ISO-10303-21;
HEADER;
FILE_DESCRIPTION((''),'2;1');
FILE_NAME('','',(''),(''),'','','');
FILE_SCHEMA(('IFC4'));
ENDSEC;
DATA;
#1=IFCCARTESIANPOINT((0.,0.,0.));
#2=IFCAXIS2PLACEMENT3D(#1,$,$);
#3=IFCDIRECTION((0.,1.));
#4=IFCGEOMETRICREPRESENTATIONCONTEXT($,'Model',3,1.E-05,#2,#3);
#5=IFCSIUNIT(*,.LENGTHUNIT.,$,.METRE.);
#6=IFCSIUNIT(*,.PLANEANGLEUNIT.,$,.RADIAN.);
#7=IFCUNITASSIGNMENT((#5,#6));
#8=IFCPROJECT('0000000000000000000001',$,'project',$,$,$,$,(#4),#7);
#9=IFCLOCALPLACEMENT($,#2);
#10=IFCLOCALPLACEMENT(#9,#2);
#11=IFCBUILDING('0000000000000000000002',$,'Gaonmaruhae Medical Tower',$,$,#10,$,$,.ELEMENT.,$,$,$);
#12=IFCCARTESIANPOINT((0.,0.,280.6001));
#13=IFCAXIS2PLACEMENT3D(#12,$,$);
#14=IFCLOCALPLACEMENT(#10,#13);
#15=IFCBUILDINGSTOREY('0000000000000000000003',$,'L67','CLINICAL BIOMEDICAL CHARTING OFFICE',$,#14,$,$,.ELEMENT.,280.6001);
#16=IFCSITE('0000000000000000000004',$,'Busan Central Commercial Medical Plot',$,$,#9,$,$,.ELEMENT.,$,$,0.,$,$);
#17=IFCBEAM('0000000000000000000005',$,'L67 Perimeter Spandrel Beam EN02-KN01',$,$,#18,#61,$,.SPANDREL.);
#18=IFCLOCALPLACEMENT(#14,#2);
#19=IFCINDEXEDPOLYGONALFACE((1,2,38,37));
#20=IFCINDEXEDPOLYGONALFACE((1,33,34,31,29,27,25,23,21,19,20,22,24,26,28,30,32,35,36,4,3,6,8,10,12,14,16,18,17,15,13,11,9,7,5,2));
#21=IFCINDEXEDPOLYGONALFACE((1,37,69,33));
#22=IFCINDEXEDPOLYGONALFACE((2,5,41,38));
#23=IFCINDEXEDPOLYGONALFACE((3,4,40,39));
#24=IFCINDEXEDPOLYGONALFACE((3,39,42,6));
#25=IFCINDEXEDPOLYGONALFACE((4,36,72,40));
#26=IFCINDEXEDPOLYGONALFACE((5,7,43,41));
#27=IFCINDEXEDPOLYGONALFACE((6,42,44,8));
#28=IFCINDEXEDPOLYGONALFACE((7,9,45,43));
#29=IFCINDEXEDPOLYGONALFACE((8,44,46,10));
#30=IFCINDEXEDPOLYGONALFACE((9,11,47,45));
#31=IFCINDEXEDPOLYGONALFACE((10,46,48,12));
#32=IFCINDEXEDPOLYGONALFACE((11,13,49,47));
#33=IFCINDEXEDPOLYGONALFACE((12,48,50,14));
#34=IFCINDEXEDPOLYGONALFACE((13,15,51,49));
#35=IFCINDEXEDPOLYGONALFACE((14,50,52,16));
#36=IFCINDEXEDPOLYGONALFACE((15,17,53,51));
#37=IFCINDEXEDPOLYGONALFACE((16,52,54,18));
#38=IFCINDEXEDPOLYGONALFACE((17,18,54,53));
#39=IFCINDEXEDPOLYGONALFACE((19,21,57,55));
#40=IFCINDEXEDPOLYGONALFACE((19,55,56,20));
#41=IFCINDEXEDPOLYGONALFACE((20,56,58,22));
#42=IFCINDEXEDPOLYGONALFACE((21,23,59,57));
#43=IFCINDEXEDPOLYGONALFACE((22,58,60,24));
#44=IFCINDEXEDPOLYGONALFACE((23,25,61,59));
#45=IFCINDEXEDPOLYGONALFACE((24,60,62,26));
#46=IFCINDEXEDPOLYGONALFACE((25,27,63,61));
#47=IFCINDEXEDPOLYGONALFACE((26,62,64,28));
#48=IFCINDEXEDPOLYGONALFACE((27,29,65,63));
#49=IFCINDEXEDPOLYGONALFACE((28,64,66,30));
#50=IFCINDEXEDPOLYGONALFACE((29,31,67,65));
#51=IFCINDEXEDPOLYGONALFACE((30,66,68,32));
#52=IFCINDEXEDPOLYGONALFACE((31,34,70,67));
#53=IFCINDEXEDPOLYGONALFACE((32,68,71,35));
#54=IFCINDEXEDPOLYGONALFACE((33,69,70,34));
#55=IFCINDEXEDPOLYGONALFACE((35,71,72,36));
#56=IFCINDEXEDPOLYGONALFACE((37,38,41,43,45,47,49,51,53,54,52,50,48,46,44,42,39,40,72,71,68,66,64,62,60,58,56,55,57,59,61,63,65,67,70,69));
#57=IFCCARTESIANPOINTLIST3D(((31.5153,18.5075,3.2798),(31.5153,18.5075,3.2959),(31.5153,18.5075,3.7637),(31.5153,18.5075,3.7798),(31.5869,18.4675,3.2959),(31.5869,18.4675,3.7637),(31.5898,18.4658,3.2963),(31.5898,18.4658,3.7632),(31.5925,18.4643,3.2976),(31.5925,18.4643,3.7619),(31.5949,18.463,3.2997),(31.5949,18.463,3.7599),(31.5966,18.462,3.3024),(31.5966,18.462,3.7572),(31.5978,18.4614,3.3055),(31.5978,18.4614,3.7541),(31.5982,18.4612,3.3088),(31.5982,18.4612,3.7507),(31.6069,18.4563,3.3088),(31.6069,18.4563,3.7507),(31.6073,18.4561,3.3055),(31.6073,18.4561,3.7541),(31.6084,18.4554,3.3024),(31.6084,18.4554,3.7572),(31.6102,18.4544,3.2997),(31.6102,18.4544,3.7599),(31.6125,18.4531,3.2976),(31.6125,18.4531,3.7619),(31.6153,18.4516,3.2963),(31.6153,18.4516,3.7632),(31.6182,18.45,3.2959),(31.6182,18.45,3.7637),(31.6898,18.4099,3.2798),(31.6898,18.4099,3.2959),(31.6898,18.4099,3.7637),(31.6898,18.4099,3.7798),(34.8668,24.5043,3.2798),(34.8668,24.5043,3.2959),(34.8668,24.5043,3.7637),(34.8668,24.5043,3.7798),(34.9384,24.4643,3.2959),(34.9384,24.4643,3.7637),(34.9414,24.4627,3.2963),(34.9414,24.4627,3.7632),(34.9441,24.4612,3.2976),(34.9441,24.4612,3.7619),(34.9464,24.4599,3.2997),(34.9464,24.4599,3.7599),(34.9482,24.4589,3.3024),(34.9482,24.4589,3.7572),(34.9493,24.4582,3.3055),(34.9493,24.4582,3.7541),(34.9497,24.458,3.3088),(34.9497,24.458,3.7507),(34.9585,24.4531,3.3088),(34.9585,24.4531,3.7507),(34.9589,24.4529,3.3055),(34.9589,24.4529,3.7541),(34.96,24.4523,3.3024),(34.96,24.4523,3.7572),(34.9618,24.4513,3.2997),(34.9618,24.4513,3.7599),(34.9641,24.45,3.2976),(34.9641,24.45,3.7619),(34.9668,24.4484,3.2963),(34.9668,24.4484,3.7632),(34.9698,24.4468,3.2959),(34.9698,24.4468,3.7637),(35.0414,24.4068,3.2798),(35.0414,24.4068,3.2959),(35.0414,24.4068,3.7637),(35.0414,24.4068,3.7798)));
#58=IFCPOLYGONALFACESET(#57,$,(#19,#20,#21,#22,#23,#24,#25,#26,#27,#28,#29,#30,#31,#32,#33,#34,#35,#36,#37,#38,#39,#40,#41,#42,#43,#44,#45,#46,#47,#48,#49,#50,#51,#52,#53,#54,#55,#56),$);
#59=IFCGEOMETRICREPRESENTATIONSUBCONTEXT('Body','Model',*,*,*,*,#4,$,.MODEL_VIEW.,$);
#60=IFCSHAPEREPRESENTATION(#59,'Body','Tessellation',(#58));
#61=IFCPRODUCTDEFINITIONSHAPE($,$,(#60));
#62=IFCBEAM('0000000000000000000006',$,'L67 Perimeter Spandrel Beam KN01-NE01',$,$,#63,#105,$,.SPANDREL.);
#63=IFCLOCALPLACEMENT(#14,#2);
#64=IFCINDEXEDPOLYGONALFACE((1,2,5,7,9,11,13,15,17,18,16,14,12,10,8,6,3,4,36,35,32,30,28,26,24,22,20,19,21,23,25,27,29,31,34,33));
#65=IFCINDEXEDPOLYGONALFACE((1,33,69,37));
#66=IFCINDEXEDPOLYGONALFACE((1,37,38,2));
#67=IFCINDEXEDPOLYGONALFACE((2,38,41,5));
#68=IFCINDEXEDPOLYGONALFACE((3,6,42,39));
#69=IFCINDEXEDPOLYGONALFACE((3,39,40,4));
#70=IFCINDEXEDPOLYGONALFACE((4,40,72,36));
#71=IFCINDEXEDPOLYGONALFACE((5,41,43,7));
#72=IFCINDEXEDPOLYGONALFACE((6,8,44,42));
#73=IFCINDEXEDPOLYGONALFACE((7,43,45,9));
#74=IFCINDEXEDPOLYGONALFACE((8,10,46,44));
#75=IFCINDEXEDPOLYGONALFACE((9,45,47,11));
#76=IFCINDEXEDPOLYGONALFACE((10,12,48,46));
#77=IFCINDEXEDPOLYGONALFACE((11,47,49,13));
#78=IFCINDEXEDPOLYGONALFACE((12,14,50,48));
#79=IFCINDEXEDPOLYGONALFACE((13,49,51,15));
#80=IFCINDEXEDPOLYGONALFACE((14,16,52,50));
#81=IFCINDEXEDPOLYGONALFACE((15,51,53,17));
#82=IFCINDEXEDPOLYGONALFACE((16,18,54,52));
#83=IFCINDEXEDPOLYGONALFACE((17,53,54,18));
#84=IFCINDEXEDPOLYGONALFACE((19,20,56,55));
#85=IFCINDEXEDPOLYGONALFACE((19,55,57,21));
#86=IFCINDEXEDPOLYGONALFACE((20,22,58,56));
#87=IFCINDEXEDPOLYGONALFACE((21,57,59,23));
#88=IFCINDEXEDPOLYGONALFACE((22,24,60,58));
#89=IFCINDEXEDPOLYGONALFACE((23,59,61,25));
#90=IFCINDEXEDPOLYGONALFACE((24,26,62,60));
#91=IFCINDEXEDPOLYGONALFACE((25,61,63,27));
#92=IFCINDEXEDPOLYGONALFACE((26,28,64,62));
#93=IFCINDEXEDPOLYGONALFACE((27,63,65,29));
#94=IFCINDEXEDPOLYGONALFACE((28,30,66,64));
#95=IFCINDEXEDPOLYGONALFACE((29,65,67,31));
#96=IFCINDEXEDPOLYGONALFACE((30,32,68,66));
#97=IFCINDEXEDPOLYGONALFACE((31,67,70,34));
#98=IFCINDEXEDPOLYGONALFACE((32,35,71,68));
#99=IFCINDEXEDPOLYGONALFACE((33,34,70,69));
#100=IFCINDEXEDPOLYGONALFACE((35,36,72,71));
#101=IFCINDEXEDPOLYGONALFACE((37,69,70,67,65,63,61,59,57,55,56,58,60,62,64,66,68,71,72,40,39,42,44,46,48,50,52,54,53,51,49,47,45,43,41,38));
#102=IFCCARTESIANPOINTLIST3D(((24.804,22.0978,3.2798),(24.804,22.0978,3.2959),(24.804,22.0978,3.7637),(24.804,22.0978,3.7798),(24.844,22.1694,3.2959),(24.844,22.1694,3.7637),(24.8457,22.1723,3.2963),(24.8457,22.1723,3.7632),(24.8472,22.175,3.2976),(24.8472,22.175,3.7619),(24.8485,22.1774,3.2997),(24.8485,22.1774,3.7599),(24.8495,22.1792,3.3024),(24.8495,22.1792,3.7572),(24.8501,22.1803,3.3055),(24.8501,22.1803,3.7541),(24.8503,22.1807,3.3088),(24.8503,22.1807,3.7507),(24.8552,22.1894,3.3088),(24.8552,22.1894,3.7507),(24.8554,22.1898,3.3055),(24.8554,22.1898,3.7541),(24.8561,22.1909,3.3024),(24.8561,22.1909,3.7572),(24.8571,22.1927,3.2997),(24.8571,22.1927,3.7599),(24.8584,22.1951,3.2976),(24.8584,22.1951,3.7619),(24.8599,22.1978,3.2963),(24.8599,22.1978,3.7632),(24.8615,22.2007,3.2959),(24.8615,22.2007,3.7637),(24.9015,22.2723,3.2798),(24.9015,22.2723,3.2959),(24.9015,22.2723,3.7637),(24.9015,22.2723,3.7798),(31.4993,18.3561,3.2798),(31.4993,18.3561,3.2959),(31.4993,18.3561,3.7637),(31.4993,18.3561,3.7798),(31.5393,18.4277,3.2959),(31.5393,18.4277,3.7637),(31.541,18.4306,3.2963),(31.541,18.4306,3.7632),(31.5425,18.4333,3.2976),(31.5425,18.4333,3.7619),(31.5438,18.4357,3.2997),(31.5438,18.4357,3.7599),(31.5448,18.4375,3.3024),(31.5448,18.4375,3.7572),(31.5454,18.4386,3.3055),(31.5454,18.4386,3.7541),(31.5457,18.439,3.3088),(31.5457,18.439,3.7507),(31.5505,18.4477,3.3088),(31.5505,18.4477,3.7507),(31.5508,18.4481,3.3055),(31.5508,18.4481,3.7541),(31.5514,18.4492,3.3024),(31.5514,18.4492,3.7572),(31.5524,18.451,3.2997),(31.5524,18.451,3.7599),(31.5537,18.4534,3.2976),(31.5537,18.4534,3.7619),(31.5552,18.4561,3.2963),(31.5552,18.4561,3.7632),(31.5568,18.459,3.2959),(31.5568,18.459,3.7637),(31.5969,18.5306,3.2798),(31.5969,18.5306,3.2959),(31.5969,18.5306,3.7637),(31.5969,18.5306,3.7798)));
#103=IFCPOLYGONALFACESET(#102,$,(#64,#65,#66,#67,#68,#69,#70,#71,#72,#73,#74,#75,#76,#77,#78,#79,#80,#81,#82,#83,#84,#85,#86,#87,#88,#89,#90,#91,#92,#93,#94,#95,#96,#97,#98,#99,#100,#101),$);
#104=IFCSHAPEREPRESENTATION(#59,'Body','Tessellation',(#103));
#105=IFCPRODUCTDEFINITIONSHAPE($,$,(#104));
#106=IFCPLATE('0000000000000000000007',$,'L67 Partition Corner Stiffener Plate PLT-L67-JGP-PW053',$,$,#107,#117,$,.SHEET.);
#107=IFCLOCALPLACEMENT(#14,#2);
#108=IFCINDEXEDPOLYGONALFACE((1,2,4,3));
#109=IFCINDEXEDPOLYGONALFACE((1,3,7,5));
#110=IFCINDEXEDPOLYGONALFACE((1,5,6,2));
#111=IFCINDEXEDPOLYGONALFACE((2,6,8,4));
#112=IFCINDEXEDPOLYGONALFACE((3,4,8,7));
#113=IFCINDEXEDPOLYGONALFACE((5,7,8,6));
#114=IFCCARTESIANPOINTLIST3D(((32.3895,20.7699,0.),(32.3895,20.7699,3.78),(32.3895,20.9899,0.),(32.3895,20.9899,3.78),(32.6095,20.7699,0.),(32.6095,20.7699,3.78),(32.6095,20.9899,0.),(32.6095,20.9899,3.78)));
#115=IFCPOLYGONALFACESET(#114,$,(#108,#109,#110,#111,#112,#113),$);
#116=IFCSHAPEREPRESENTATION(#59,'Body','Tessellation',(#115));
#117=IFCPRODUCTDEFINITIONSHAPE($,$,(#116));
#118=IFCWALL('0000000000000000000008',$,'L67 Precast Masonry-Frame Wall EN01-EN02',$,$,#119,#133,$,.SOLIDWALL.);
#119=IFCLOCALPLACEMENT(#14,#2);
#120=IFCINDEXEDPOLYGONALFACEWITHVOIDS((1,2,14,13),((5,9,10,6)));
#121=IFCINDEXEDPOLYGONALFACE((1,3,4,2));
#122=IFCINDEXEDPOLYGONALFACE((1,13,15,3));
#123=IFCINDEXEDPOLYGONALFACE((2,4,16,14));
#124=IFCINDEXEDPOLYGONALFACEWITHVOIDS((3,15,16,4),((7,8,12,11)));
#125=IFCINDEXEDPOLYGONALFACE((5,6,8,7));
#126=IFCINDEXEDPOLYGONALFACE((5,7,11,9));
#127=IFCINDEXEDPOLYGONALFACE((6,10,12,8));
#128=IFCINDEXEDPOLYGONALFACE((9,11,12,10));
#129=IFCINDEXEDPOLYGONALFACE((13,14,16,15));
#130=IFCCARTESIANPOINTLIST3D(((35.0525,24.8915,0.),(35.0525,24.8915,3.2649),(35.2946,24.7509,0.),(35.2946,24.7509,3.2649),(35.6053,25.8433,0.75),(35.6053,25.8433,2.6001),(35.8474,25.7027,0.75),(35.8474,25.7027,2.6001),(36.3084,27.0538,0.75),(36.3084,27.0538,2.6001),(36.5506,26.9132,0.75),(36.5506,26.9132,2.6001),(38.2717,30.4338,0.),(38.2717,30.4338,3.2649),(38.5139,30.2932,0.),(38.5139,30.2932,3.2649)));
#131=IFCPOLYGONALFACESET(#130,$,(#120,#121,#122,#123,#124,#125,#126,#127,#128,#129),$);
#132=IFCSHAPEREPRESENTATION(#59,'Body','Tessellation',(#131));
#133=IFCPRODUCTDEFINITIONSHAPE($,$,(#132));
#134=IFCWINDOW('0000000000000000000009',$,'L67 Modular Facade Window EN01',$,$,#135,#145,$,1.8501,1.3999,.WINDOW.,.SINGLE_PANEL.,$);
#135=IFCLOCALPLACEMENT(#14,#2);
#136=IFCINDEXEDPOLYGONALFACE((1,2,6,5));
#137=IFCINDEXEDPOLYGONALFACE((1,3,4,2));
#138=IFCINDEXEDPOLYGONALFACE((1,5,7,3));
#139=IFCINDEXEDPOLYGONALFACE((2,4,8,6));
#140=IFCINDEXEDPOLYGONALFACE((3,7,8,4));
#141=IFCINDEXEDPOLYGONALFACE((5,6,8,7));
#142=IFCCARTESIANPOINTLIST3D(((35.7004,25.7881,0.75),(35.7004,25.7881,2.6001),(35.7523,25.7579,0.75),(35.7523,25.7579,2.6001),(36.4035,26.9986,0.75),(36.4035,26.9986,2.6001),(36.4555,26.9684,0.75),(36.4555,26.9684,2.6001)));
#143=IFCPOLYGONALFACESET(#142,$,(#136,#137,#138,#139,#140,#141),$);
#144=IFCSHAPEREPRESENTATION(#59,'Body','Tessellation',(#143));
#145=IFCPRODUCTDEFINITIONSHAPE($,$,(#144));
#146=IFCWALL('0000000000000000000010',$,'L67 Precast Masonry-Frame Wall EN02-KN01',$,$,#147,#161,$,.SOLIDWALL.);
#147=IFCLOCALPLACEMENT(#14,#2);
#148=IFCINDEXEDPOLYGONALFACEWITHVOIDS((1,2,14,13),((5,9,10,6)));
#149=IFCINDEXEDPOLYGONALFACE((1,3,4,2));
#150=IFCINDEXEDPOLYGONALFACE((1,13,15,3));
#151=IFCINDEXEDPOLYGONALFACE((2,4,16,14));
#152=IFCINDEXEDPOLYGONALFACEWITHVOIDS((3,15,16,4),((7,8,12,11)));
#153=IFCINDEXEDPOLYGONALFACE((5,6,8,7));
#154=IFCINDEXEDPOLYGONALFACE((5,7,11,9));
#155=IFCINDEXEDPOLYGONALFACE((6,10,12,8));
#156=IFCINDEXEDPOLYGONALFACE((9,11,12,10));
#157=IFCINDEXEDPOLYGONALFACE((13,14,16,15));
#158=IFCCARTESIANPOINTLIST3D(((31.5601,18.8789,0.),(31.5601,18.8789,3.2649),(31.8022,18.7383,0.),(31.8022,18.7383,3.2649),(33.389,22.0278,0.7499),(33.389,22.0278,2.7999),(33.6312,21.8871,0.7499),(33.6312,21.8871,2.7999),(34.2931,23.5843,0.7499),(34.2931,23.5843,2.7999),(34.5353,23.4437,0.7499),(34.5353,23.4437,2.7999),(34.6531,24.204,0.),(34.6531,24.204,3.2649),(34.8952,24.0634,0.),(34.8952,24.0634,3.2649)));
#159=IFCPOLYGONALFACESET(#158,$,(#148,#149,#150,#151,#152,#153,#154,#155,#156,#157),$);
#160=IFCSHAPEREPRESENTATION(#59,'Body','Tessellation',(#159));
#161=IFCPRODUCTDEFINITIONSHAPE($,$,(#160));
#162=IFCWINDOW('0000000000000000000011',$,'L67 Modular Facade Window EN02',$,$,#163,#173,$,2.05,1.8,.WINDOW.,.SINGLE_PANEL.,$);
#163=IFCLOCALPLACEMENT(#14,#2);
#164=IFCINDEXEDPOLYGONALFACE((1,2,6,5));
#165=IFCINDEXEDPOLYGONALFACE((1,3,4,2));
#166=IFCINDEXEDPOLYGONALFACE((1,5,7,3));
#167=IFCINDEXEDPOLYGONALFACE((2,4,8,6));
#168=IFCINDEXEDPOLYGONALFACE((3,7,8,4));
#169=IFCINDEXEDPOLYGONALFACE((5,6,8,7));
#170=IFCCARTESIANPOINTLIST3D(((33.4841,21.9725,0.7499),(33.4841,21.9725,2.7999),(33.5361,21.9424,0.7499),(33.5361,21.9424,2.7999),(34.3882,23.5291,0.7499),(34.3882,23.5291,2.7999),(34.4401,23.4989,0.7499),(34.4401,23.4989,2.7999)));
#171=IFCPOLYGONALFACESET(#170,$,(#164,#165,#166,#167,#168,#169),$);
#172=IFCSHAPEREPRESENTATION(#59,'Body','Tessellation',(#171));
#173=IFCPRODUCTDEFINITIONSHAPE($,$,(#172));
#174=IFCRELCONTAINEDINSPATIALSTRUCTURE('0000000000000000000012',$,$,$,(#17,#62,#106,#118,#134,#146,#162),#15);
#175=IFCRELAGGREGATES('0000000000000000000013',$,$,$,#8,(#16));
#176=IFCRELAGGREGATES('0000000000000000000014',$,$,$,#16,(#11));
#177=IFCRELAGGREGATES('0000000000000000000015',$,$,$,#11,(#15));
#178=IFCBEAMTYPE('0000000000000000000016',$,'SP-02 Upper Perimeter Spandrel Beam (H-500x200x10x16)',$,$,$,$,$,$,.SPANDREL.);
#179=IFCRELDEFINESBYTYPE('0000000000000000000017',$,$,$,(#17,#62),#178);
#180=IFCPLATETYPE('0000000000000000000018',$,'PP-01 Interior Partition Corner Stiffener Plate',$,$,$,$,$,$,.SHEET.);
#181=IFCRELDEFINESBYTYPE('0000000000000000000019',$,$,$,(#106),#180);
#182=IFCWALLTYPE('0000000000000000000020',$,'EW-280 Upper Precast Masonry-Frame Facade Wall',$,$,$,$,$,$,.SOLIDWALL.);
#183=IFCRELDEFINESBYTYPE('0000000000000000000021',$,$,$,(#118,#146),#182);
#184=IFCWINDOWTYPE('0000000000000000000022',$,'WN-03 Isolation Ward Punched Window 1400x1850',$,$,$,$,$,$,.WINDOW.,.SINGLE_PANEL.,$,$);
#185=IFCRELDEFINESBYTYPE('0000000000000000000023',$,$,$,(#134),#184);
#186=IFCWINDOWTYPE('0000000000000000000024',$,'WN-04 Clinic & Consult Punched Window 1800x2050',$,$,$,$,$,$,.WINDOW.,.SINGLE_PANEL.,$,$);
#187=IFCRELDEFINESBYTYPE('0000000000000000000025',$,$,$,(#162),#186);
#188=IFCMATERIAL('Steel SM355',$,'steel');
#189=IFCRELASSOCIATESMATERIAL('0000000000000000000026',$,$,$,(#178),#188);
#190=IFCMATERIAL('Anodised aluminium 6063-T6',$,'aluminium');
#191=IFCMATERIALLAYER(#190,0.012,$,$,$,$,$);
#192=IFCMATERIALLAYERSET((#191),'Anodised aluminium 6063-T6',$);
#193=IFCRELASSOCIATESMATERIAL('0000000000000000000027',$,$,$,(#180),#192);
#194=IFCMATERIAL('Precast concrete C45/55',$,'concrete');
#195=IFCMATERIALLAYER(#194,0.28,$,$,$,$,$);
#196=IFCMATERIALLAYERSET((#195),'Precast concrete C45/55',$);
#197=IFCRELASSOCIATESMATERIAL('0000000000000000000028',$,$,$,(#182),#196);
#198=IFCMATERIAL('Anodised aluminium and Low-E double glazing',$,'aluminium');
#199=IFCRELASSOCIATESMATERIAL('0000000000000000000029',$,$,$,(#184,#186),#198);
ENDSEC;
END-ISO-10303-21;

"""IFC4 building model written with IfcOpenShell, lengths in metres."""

from ifc_helpers import new_model, si_unit, direction, frame, frame_2d, origin, origin_2d, place, context, subcontext, project, spatial, rectangle, i_section, extrude, material, layer, layer_set, material_profile, profile_set, type_object, element, fill, save


model = new_model("IFC4")

# Units and contexts
model_context = context("Model", 3, precision=1e-05, world=origin(), true_north=direction((0.0, 1.0)))
body_context = subcontext(model_context, "Body", "Model", "MODEL_VIEW")
ifc_project = project(units=[si_unit("LENGTHUNIT", "METRE"), si_unit("PLANEANGLEUNIT", "RADIAN")], contexts=[model_context])

# Site, building, storey
site_placement = place(None, origin())
site = spatial("IfcSite", under=ifc_project, at=site_placement, Name="Busan Central Commercial Medical Plot", CompositionType="ELEMENT", RefElevation=0.0)
building_placement = place(site_placement, origin())
building = spatial("IfcBuilding", under=site, at=building_placement, Name="Gaonmaruhae Medical Tower", CompositionType="ELEMENT")
storey_placement = place(building_placement, frame((0.0, 0.0, 280.6001)))
storey = spatial("IfcBuildingStorey", under=building, at=storey_placement, Name="L67", Description="CLINICAL BIOMEDICAL CHARTING OFFICE", CompositionType="ELEMENT", Elevation=280.6001)

# Beams
ifc_material_1 = material(Name="Steel SM355", Category="steel")
ifc_material_profile_1 = material_profile(ifc_material_1, i_section(OverallWidth=0.2, OverallDepth=0.5, WebThickness=0.01, FlangeThickness=0.0161, FilletRadius=0.0129, at=origin_2d()), Name="H-500x200x10x16")
ifc_profile_set_1 = profile_set([ifc_material_profile_1], Name="Steel SM355")
beam_type_1 = type_object("IfcBeamType", Name="SP-02 Upper Perimeter Spandrel Beam (H-500x200x10x16)", PredefinedType="SPANDREL", material=ifc_profile_set_1)
beam_1_placement = place(storey_placement, frame((34.9541, 24.4556, 3.5298), z_axis=(-0.487865, -0.872919, 0.0), x_axis=(0.872919, -0.487865, 0.0)))
element("IfcBeam", 1, at=beam_1_placement, inside=storey, type_object=beam_type_1, Name="L67 Perimeter Spandrel Beam EN02-KN01", PredefinedType="SPANDREL", context=body_context, shape_type="SweptSolid", body=[
    extrude(i_section(OverallWidth=0.2, OverallDepth=0.5, WebThickness=0.01, FlangeThickness=0.0161, FilletRadius=0.0129, at=origin_2d()), origin(), (0.0, 0.0, 1.0), 6.8699),
])
beam_2_placement = place(storey_placement, frame((31.5481, 18.4434, 3.5298), z_axis=(-0.872932, 0.487841, 0.0), x_axis=(-0.487841, -0.872932, 0.0)))
element("IfcBeam", 2, at=beam_2_placement, inside=storey, type_object=beam_type_1, Name="L67 Perimeter Spandrel Beam KN01-NE01", PredefinedType="SPANDREL", context=body_context, shape_type="SweptSolid", body=[
    extrude(i_section(OverallWidth=0.2, OverallDepth=0.5, WebThickness=0.01, FlangeThickness=0.0161, FilletRadius=0.0129, at=origin_2d()), origin(), (0.0, 0.0, 1.0), 7.6699),
])

# Plate
ifc_material_2 = material(Name="Anodised aluminium 6063-T6", Category="aluminium")
ifc_layer_1 = layer(ifc_material_2, 0.012)
ifc_layer_set_1 = layer_set([ifc_layer_1], Name="Anodised aluminium 6063-T6")
plate_type = type_object("IfcPlateType", Name="PP-01 Interior Partition Corner Stiffener Plate", PredefinedType="SHEET", material=ifc_layer_set_1)
plate_placement = place(storey_placement, frame((32.4995, 20.8799, 0.0), z_axis=(0.0, 0.0, 1.0), x_axis=(-1.0, 0.0, 0.0)))
element("IfcPlate", 3, at=plate_placement, inside=storey, type_object=plate_type, Name="L67 Partition Corner Stiffener Plate PLT-L67-JGP-PW053", PredefinedType="SHEET", context=body_context, shape_type="SweptSolid", body=[
    extrude(rectangle(XDim=0.22, YDim=0.22, at=origin_2d()), origin(), (0.0, 0.0, 1.0), 3.78),
])

# Walls, openings, windows
ifc_material_3 = material(Name="Precast concrete C45/55", Category="concrete")
ifc_layer_2 = layer(ifc_material_3, 0.28)
ifc_layer_set_2 = layer_set([ifc_layer_2], Name="Precast concrete C45/55")
wall_type_1 = type_object("IfcWallType", Name="EW-280 Upper Precast Masonry-Frame Facade Wall", PredefinedType="SOLIDWALL", material=ifc_layer_set_2)
wall_1_placement = place(storey_placement, frame((35.1736, 24.8213, 0.0), z_axis=(0.0, 0.0, 1.0), x_axis=(0.502272, 0.86471, 0.0)))
wall_1 = element("IfcWall", 4, at=wall_1_placement, inside=storey, type_object=wall_type_1, Name="L67 Precast Masonry-Frame Wall EN01-EN02", PredefinedType="SOLIDWALL", context=body_context, shape_type="SweptSolid", body=[
    extrude(rectangle(XDim=6.4094, YDim=0.28, at=frame_2d((3.2046, 0.0))), origin(), (0.0, 0.0, 1.0), 3.2649),
])
opening_1_placement = place(wall_1_placement, frame((1.1006, 0.0, 0.75)))
opening_1 = element("IfcOpeningElement", 5, at=opening_1_placement, cuts=wall_1, PredefinedType="OPENING", context=body_context, shape_type="SweptSolid", body=[
    extrude(rectangle(XDim=1.3999, YDim=1.8501, at=frame_2d((0.7, 0.925))), frame((0.0, 0.1499, 0.0), z_axis=(0.0, -1.0, 0.0), x_axis=(1.0, 0.0, 0.0)), (0.0, 0.0, 1.0), 0.3),
])
ifc_material_4 = material(Name="Anodised aluminium and Low-E double glazing", Category="aluminium")
window_type_1 = type_object("IfcWindowType", Name="WN-03 Isolation Ward Punched Window 1400x1850", PartitioningType="SINGLE_PANEL", PredefinedType="WINDOW", material=ifc_material_4)
window_1_placement = place(opening_1_placement, origin())
window_1 = element("IfcWindow", 6, at=window_1_placement, inside=storey, type_object=window_type_1, Name="L67 Modular Facade Window EN01", OverallHeight=1.8501, OverallWidth=1.3999, PartitioningType="SINGLE_PANEL", PredefinedType="WINDOW", context=body_context, shape_type="SweptSolid", body=[
    extrude(rectangle(XDim=1.3999, YDim=1.8501, at=frame_2d((0.7, 0.925))), frame((0.0, 0.03, 0.0), z_axis=(0.0, -1.0, 0.0), x_axis=(1.0, 0.0, 0.0)), (0.0, 0.0, 1.0), 0.0601),
])
fill(opening_1, window_1)
wall_2_placement = place(storey_placement, frame((31.6812, 18.8086, 0.0), z_axis=(0.0, 0.0, 1.0), x_axis=(0.502253, 0.864721, 0.0)))
wall_2 = element("IfcWall", 7, at=wall_2_placement, inside=storey, type_object=wall_type_1, Name="L67 Precast Masonry-Frame Wall EN02-KN01", PredefinedType="SOLIDWALL", context=body_context, shape_type="SweptSolid", body=[
    extrude(rectangle(XDim=6.1582, YDim=0.28, at=frame_2d((3.0791, 0.0))), origin(), (0.0, 0.0, 1.0), 3.2649),
])
opening_2_placement = place(wall_2_placement, frame((3.6416, 0.0, 0.75)))
opening_2 = element("IfcOpeningElement", 8, at=opening_2_placement, cuts=wall_2, PredefinedType="OPENING", context=body_context, shape_type="SweptSolid", body=[
    extrude(rectangle(XDim=1.8, YDim=2.05, at=frame_2d((0.8999, 1.0249))), frame((0.0, 0.1499, 0.0), z_axis=(0.0, -1.0, 0.0), x_axis=(1.0, 0.0, 0.0)), (0.0, 0.0, 1.0), 0.3),
])
window_type_2 = type_object("IfcWindowType", Name="WN-04 Clinic & Consult Punched Window 1800x2050", PartitioningType="SINGLE_PANEL", PredefinedType="WINDOW", material=ifc_material_4)
window_2_placement = place(opening_2_placement, origin())
window_2 = element("IfcWindow", 9, at=window_2_placement, inside=storey, type_object=window_type_2, Name="L67 Modular Facade Window EN02", OverallHeight=2.05, OverallWidth=1.8, PartitioningType="SINGLE_PANEL", PredefinedType="WINDOW", context=body_context, shape_type="SweptSolid", body=[
    extrude(rectangle(XDim=1.8, YDim=2.05, at=frame_2d((0.8999, 1.0249))), frame((0.0, 0.03, 0.0), z_axis=(0.0, -1.0, 0.0), x_axis=(1.0, 0.0, 0.0)), (0.0, 0.0, 1.0), 0.0601),
])
fill(opening_2, window_2)

save(model, "model.ifc")
